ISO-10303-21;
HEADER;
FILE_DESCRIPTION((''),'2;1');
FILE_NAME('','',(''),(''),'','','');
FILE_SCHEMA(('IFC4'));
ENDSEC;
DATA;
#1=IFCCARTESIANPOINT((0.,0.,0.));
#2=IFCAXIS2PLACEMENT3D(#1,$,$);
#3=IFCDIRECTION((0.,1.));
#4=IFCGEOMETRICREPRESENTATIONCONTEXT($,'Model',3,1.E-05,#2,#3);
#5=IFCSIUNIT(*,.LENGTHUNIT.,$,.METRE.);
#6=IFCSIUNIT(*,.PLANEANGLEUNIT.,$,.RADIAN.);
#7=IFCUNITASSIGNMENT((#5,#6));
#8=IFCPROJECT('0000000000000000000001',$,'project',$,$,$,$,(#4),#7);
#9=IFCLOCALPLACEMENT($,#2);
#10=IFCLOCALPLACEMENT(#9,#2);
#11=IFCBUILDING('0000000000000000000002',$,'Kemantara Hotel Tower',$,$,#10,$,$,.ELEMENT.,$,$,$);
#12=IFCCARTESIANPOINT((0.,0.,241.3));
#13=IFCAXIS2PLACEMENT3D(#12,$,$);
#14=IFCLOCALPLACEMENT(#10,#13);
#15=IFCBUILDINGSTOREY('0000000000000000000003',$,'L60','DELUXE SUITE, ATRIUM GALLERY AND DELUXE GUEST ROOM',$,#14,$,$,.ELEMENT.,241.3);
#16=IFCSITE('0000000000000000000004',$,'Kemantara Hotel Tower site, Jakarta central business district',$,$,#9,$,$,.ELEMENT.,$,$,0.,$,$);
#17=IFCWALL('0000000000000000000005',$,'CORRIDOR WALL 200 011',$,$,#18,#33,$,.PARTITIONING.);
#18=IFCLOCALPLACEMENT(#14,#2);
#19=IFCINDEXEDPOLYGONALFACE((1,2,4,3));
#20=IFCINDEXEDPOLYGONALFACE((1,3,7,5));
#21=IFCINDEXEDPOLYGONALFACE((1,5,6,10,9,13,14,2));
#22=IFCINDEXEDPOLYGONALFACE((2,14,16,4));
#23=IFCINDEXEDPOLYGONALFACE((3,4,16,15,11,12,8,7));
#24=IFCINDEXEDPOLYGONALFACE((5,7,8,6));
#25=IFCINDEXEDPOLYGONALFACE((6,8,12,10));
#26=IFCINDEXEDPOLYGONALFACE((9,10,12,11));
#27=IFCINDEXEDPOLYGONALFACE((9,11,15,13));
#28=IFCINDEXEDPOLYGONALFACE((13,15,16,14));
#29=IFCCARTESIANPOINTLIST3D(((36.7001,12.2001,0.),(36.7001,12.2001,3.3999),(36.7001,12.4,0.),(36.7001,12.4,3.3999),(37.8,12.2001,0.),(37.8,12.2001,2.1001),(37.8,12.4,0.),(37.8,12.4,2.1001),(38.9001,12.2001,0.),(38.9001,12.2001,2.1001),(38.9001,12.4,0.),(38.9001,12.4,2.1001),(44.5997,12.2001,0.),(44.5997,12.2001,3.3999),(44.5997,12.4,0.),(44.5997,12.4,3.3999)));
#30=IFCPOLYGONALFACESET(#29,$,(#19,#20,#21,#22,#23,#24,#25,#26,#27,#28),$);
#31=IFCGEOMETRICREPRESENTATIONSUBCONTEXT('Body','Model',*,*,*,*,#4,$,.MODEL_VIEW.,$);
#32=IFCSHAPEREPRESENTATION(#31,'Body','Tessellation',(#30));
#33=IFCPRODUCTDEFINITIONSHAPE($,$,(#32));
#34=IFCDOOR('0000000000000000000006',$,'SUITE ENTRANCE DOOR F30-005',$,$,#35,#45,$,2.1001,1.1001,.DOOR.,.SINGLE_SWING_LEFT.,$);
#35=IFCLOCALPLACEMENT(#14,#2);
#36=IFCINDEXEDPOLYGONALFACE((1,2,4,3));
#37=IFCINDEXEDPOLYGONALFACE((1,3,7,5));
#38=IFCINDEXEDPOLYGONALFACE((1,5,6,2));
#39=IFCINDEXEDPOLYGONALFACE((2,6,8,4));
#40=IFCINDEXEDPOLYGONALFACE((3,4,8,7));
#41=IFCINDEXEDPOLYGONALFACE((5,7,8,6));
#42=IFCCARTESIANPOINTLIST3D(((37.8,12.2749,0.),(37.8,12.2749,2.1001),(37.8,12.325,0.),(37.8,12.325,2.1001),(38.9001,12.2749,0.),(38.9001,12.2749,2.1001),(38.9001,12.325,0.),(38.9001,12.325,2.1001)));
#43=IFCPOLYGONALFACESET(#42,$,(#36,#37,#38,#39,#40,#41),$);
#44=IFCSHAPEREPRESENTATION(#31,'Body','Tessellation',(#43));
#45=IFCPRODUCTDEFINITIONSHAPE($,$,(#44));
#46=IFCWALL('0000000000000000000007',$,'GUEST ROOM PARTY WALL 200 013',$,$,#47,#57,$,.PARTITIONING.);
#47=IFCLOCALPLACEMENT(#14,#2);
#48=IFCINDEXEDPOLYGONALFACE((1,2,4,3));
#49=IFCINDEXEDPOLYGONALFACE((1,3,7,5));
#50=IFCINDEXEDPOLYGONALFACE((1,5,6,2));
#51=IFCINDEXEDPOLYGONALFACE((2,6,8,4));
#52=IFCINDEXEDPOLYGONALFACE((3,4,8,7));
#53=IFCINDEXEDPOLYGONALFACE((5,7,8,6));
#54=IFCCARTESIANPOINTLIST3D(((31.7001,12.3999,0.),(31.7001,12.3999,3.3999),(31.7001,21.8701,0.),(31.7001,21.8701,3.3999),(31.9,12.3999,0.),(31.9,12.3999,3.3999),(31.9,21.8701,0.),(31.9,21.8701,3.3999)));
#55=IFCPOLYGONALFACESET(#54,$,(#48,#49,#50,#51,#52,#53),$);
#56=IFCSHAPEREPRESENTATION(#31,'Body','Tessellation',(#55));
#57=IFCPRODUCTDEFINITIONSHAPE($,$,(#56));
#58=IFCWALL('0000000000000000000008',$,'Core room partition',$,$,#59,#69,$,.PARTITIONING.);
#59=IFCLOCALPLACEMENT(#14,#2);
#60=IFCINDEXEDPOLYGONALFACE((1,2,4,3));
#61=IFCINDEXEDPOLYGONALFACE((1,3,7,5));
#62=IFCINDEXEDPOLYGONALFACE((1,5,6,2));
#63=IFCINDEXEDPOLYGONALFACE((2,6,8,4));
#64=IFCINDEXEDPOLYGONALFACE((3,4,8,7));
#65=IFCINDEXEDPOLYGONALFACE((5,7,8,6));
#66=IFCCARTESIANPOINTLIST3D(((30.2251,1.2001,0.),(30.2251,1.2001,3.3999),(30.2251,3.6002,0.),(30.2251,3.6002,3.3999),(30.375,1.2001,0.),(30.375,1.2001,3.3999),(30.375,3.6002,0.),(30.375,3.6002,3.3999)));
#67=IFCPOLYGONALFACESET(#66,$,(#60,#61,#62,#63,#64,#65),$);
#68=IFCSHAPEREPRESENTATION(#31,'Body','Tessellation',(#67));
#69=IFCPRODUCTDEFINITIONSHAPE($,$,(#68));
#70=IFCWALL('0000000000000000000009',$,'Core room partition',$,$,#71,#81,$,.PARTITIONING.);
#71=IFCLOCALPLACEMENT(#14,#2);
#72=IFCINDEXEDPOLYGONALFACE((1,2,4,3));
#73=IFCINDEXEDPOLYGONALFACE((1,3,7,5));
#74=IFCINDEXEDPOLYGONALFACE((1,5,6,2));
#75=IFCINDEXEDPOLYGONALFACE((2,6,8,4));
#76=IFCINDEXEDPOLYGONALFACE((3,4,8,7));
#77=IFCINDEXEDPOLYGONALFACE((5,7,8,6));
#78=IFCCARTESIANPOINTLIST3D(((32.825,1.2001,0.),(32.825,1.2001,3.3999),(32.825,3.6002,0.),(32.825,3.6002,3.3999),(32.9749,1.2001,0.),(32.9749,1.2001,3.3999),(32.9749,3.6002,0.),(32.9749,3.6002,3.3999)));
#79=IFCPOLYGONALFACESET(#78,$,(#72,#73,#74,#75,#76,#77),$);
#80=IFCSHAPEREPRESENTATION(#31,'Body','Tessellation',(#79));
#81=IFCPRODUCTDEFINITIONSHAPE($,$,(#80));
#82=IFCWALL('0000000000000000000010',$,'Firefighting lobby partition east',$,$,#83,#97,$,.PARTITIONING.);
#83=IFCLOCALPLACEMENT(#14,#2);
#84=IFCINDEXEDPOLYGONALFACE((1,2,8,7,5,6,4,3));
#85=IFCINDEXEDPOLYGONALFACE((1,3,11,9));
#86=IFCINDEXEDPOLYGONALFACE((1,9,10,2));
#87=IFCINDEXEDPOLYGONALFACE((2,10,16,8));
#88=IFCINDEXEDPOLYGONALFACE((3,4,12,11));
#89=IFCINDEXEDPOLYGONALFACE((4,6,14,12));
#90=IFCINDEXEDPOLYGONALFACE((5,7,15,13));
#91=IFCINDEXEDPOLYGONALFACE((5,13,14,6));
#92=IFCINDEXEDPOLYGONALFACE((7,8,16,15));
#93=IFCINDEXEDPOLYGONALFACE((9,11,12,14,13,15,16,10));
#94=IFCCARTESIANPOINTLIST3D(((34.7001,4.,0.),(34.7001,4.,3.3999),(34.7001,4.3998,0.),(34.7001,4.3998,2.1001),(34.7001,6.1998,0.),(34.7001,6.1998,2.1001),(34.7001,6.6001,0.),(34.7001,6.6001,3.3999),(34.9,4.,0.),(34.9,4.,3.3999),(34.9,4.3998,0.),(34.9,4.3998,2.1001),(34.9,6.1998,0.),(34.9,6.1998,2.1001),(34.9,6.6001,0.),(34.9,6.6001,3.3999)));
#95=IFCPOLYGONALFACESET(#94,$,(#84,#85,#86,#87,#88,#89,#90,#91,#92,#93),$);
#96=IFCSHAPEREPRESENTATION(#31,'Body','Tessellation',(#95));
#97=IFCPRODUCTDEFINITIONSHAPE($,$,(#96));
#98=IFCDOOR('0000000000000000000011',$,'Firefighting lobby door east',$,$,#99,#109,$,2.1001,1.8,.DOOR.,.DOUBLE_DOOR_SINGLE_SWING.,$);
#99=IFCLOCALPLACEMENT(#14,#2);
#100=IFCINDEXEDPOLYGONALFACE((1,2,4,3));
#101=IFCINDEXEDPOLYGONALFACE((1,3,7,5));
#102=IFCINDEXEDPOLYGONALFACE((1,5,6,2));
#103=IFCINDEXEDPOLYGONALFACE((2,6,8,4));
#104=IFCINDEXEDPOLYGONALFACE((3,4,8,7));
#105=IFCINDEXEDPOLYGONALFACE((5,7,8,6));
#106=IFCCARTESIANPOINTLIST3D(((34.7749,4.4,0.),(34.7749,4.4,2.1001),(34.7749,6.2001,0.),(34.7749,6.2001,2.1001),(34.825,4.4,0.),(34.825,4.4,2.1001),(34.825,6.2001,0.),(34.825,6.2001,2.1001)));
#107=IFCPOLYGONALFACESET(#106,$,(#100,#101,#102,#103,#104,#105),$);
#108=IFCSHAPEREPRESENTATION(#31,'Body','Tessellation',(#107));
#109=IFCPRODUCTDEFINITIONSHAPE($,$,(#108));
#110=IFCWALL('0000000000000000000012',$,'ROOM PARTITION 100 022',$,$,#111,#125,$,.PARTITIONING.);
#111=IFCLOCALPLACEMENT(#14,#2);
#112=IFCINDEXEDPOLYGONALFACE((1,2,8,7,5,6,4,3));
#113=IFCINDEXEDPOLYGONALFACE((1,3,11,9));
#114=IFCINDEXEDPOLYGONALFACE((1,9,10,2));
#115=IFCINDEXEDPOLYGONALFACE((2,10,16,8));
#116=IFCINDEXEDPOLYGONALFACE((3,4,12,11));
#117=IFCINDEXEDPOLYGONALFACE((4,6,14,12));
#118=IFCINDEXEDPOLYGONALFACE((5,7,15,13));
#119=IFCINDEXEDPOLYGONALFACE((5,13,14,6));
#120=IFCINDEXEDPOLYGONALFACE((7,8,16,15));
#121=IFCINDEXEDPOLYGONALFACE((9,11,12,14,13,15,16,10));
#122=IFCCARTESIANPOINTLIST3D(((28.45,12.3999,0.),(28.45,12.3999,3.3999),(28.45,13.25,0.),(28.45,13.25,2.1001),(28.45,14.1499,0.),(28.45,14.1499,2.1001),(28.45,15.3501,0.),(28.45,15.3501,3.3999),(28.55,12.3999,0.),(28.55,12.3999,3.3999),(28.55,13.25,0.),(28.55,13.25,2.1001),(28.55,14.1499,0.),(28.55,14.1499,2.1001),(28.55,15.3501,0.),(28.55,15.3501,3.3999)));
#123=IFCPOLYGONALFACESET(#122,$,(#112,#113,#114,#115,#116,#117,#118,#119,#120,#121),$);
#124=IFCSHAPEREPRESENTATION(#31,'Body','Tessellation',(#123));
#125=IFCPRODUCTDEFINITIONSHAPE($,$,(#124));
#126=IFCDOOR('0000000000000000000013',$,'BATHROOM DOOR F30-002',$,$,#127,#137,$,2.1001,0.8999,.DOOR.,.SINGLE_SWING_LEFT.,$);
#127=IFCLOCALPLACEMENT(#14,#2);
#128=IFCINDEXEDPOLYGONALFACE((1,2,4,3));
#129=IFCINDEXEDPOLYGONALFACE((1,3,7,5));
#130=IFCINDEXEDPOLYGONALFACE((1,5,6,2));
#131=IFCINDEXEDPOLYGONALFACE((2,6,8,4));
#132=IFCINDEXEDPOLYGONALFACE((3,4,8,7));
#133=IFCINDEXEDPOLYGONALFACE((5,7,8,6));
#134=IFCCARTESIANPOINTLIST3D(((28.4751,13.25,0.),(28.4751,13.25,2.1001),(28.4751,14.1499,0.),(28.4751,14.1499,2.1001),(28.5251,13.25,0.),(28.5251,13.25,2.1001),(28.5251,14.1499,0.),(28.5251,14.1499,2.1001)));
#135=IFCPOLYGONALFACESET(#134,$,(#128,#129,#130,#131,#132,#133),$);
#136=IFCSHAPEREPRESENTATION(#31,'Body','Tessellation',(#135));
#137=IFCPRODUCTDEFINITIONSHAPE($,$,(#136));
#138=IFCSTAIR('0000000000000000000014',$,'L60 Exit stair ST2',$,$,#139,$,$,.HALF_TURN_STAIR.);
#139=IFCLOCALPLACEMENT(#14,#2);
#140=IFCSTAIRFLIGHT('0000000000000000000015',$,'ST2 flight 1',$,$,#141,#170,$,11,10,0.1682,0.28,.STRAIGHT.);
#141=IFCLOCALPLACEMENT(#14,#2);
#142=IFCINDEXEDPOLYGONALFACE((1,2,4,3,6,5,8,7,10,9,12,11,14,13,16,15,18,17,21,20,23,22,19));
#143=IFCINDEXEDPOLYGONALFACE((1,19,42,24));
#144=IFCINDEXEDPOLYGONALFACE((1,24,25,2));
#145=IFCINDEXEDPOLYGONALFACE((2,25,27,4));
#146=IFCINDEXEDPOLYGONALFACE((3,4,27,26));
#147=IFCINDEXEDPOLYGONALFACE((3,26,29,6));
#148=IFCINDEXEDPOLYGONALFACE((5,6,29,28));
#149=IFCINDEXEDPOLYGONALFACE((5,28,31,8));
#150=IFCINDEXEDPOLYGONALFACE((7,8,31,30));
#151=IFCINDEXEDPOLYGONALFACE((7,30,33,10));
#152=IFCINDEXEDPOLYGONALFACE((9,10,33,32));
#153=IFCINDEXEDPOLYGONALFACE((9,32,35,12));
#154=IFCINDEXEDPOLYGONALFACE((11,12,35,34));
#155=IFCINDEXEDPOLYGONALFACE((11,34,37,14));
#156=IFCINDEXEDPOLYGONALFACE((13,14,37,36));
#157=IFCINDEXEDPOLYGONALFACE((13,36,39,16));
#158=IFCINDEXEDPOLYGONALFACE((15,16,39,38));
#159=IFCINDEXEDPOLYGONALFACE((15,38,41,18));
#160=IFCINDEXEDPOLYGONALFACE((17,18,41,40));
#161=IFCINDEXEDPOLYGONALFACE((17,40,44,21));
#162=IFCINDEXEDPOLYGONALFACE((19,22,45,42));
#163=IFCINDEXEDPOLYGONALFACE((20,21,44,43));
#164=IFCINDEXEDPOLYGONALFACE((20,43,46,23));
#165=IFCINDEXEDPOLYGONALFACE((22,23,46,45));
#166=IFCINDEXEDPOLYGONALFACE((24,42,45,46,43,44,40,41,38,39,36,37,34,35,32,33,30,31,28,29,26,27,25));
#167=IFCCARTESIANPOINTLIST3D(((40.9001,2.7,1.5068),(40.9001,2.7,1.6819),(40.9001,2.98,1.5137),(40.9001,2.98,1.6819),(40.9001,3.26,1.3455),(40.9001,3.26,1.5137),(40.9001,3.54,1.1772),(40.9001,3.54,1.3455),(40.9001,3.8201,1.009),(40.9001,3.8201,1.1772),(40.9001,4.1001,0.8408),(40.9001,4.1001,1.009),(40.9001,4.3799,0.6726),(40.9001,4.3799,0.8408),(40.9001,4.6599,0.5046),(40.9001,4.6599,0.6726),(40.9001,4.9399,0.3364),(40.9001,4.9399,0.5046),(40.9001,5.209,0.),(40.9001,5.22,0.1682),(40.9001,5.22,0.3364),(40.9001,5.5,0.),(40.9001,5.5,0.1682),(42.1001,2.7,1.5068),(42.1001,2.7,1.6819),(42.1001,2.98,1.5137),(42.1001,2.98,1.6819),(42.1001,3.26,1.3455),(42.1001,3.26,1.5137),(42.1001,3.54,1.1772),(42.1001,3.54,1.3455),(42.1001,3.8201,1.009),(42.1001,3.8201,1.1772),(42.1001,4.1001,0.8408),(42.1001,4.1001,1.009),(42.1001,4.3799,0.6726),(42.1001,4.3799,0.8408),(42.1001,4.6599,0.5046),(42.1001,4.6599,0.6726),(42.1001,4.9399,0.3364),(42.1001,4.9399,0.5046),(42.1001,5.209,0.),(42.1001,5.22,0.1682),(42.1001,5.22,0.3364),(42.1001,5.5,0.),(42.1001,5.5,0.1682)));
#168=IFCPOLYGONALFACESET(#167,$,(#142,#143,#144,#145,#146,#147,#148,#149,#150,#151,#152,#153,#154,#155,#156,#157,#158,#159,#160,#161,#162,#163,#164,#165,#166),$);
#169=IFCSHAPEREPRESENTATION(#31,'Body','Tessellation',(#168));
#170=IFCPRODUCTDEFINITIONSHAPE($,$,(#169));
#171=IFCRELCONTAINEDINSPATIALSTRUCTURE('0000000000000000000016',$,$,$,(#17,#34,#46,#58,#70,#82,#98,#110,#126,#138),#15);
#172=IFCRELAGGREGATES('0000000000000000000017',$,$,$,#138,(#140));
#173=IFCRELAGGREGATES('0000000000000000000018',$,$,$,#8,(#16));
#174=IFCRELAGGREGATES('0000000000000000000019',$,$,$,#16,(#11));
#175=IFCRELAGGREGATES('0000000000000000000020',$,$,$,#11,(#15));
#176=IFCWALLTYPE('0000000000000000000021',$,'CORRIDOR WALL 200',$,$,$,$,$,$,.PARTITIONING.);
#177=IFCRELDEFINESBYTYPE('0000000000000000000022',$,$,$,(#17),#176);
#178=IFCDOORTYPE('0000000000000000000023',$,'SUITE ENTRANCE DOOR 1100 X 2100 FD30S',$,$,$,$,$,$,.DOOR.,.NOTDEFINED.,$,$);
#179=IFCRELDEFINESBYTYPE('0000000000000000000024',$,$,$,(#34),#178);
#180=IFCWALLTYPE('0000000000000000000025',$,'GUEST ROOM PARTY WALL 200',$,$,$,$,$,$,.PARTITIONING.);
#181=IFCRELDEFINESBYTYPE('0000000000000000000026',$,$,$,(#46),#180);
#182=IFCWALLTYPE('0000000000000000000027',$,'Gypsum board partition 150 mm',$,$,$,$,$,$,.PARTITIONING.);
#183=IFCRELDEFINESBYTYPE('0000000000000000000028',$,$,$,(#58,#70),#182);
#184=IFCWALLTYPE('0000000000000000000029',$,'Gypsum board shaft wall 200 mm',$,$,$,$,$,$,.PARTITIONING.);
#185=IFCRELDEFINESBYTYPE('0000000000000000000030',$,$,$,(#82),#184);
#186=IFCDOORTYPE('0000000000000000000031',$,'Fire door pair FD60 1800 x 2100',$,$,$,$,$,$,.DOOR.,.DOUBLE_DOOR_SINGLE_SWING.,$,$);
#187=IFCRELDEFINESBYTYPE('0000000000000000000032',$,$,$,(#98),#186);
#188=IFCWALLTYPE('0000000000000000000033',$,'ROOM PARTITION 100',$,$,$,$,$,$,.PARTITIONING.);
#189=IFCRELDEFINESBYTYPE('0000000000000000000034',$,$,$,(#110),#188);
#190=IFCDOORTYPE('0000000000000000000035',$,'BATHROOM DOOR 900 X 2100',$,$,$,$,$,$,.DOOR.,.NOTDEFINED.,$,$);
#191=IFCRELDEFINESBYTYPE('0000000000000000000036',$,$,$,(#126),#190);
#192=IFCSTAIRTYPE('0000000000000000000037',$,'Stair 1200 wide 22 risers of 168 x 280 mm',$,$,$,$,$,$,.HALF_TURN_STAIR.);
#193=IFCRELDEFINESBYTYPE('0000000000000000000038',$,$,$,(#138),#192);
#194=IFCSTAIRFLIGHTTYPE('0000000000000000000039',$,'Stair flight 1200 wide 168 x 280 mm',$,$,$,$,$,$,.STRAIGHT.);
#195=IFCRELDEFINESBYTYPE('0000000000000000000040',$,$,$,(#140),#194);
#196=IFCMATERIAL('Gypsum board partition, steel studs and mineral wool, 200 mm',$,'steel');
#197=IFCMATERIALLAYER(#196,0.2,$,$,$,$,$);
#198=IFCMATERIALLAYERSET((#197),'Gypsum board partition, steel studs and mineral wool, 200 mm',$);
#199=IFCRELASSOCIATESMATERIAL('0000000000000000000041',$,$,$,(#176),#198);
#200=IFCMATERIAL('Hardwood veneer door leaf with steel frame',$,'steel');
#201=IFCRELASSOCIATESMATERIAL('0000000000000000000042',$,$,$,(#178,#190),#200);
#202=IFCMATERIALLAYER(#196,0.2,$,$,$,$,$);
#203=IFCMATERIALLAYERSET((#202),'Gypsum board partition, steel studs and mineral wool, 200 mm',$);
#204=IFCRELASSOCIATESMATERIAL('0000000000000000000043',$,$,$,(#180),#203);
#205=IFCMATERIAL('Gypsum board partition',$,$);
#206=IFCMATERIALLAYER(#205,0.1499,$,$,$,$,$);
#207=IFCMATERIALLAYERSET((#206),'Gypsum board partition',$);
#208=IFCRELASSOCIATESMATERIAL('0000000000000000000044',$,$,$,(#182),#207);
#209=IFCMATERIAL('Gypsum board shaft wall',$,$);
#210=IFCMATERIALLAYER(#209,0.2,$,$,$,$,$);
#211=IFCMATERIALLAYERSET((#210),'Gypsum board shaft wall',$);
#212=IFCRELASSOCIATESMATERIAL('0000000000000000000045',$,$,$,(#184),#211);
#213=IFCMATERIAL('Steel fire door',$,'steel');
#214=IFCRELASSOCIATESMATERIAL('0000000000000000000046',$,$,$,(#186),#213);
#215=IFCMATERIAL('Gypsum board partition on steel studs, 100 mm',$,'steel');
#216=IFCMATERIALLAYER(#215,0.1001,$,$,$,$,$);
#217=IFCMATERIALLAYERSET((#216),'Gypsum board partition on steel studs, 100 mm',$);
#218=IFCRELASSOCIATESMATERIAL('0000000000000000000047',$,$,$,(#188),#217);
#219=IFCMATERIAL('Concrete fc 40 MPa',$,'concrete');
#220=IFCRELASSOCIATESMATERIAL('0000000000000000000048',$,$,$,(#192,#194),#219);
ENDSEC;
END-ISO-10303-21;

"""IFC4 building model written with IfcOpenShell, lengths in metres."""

from ifc_helpers import new_model, si_unit, direction, frame, frame_2d, origin, place, context, subcontext, project, spatial, polyline, rectangle, outline, extrude, material, layer, layer_set, type_object, element, fill, aggregate, save


model = new_model("IFC4")

# Units and contexts
model_context = context("Model", 3, precision=1e-05, world=origin(), true_north=direction((0.0, 1.0)))
body_context = subcontext(model_context, "Body", "Model", "MODEL_VIEW")
ifc_project = project(units=[si_unit("LENGTHUNIT", "METRE"), si_unit("PLANEANGLEUNIT", "RADIAN")], contexts=[model_context])

# Site, building, storey
site_placement = place(None, origin())
site = spatial("IfcSite", under=ifc_project, at=site_placement, Name="Kemantara Hotel Tower site, Jakarta central business district", CompositionType="ELEMENT", RefElevation=0.0)
building_placement = place(site_placement, origin())
building = spatial("IfcBuilding", under=site, at=building_placement, Name="Kemantara Hotel Tower", CompositionType="ELEMENT")
storey_placement = place(building_placement, frame((0.0, 0.0, 241.3)))
storey = spatial("IfcBuildingStorey", under=building, at=storey_placement, Name="L60", Description="DELUXE SUITE, ATRIUM GALLERY AND DELUXE GUEST ROOM", CompositionType="ELEMENT", Elevation=241.3)

# Shared definitions
ifc_material_1 = material(Name="Steel fire door", Category="steel")

# Shared definitions
ifc_material_2 = material(Name="Gypsum board partition, steel studs and mineral wool, 200 mm", Category="steel")
ifc_layer_1 = layer(ifc_material_2, 0.2)
ifc_layer_set_1 = layer_set([ifc_layer_1], Name="Gypsum board partition, steel studs and mineral wool, 200 mm")
wall_type_1 = type_object("IfcWallType", Name="CORRIDOR WALL 200", PredefinedType="PARTITIONING", material=ifc_layer_set_1)
ifc_material_3 = material(Name="Hardwood veneer door leaf with steel frame", Category="steel")

# Wall, opening, door
wall_1_placement = place(storey_placement, frame((36.7002, 12.3, 0.0), z_axis=(0.0, 0.0, 1.0), x_axis=(1.0, 0.0, 0.0)))
wall_1 = element("IfcWall", 1, at=wall_1_placement, inside=storey, type_object=wall_type_1, Name="CORRIDOR WALL 200 011", PredefinedType="PARTITIONING", context=body_context, shape_type="SweptSolid", body=[
    extrude(rectangle(XDim=7.8997, YDim=0.2, at=frame_2d((3.9497, 0.0))), origin(), (0.0, 0.0, 1.0), 3.3999),
])
opening_1_placement = place(wall_1_placement, frame((1.0999, 0.0, 0.0)))
opening_1 = element("IfcOpeningElement", 2, at=opening_1_placement, cuts=wall_1, PredefinedType="OPENING", context=body_context, shape_type="SweptSolid", body=[
    extrude(rectangle(XDim=1.1001, YDim=2.1001, at=frame_2d((0.55, 1.05))), frame((0.0, 0.1099, 0.0), z_axis=(0.0, -1.0, 0.0), x_axis=(1.0, 0.0, 0.0)), (0.0, 0.0, 1.0), 0.22),
])
door_type_1 = type_object("IfcDoorType", Name="SUITE ENTRANCE DOOR 1100 X 2100 FD30S", OperationType="NOTDEFINED", PredefinedType="DOOR", material=ifc_material_3)
door_1_placement = place(opening_1_placement, origin())
door_1 = element("IfcDoor", 3, at=door_1_placement, inside=storey, type_object=door_type_1, Name="SUITE ENTRANCE DOOR F30-005", OperationType="SINGLE_SWING_LEFT", OverallHeight=2.1001, OverallWidth=1.1001, PredefinedType="DOOR", context=body_context, shape_type="SweptSolid", body=[
    extrude(rectangle(XDim=1.1001, YDim=2.1001, at=frame_2d((0.55, 1.05))), frame((0.0, 0.0249, 0.0), z_axis=(0.0, -1.0, 0.0), x_axis=(1.0, 0.0, 0.0)), (0.0, 0.0, 1.0), 0.05),
])
fill(opening_1, door_1)

# Walls
ifc_layer_2 = layer(ifc_material_2, 0.2)
ifc_layer_set_2 = layer_set([ifc_layer_2], Name="Gypsum board partition, steel studs and mineral wool, 200 mm")
wall_type_2 = type_object("IfcWallType", Name="GUEST ROOM PARTY WALL 200", PredefinedType="PARTITIONING", material=ifc_layer_set_2)
wall_2_placement = place(storey_placement, frame((31.8, 12.3999, 0.0), z_axis=(0.0, 0.0, 1.0), x_axis=(0.0, 1.0, 0.0)))
element("IfcWall", 4, at=wall_2_placement, inside=storey, type_object=wall_type_2, Name="GUEST ROOM PARTY WALL 200 013", PredefinedType="PARTITIONING", context=body_context, shape_type="SweptSolid", body=[
    extrude(rectangle(XDim=9.4702, YDim=0.2, at=frame_2d((4.7351, 0.0))), origin(), (0.0, 0.0, 1.0), 3.3999),
])
ifc_material_4 = material(Name="Gypsum board partition")
ifc_layer_3 = layer(ifc_material_4, 0.1499)
ifc_layer_set_3 = layer_set([ifc_layer_3], Name="Gypsum board partition")
wall_type_3 = type_object("IfcWallType", Name="Gypsum board partition 150 mm", PredefinedType="PARTITIONING", material=ifc_layer_set_3)
for number, where, z_axis, x_axis, name in (
    (5, (30.3, 1.2, 0.0), (0.0, 0.0, 1.0), (0.0, 1.0, 0.0), "Core room partition"),
    (6, (32.8999, 1.2, 0.0), (0.0, 0.0, 1.0), (0.0, 1.0, 0.0), "Core room partition"),
):
    element("IfcWall", number, at=place(storey_placement, frame(where, z_axis=z_axis, x_axis=x_axis)), inside=storey, type_object=wall_type_3, Name=name, PredefinedType="PARTITIONING", context=body_context, shape_type="SweptSolid", body=[
        extrude(rectangle(XDim=2.4001, YDim=0.1499, at=frame_2d((1.2002, 0.0))), origin(), (0.0, 0.0, 1.0), 3.3999),
    ])

# Walls, openings, doors
ifc_material_5 = material(Name="Gypsum board shaft wall")
ifc_layer_4 = layer(ifc_material_5, 0.2)
ifc_layer_set_4 = layer_set([ifc_layer_4], Name="Gypsum board shaft wall")
wall_type_4 = type_object("IfcWallType", Name="Gypsum board shaft wall 200 mm", PredefinedType="PARTITIONING", material=ifc_layer_set_4)
wall_3_placement = place(storey_placement, frame((34.8, 4.0, 0.0), z_axis=(0.0, 0.0, 1.0), x_axis=(0.0, 1.0, 0.0)))
wall_3 = element("IfcWall", 7, at=wall_3_placement, inside=storey, type_object=wall_type_4, Name="Firefighting lobby partition east", PredefinedType="PARTITIONING", context=body_context, shape_type="SweptSolid", body=[
    extrude(rectangle(XDim=2.6001, YDim=0.2, at=frame_2d((1.3, 0.0))), origin(), (0.0, 0.0, 1.0), 3.3999),
])
opening_2_placement = place(wall_3_placement, frame((0.3999, 0.0, 0.0)))
opening_2 = element("IfcOpeningElement", 8, at=opening_2_placement, cuts=wall_3, PredefinedType="OPENING", context=body_context, shape_type="SweptSolid", body=[
    extrude(rectangle(XDim=1.8, YDim=2.1001, at=frame_2d((0.8999, 1.05))), frame((0.0, 0.1099, 0.0), z_axis=(0.0, -1.0, 0.0), x_axis=(1.0, 0.0, 0.0)), (0.0, 0.0, 1.0), 0.22),
])
door_type_2 = type_object("IfcDoorType", Name="Fire door pair FD60 1800 x 2100", OperationType="DOUBLE_DOOR_SINGLE_SWING", PredefinedType="DOOR", material=ifc_material_1)
door_2_placement = place(opening_2_placement, frame((1.8, 0.0, 0.0), z_axis=(0.0, 0.0, 1.0), x_axis=(-1.0, 0.0, 0.0)))
door_2 = element("IfcDoor", 9, at=door_2_placement, inside=storey, type_object=door_type_2, Name="Firefighting lobby door east", OperationType="DOUBLE_DOOR_SINGLE_SWING", OverallHeight=2.1001, OverallWidth=1.8, PredefinedType="DOOR", context=body_context, shape_type="SweptSolid", body=[
    extrude(rectangle(XDim=1.8, YDim=2.1001, at=frame_2d((0.8999, 1.05))), frame((0.0, 0.0249, 0.0), z_axis=(0.0, -1.0, 0.0), x_axis=(1.0, 0.0, 0.0)), (0.0, 0.0, 1.0), 0.05),
])
fill(opening_2, door_2)
ifc_material_6 = material(Name="Gypsum board partition on steel studs, 100 mm", Category="steel")
ifc_layer_5 = layer(ifc_material_6, 0.1001)
ifc_layer_set_5 = layer_set([ifc_layer_5], Name="Gypsum board partition on steel studs, 100 mm")
wall_type_5 = type_object("IfcWallType", Name="ROOM PARTITION 100", PredefinedType="PARTITIONING", material=ifc_layer_set_5)
wall_4_placement = place(storey_placement, frame((28.5, 12.3999, 0.0), z_axis=(0.0, 0.0, 1.0), x_axis=(0.0, 1.0, 0.0)))
wall_4 = element("IfcWall", 10, at=wall_4_placement, inside=storey, type_object=wall_type_5, Name="ROOM PARTITION 100 022", PredefinedType="PARTITIONING", context=body_context, shape_type="SweptSolid", body=[
    extrude(rectangle(XDim=2.9502, YDim=0.1001, at=frame_2d((1.4751, 0.0))), origin(), (0.0, 0.0, 1.0), 3.3999),
])
opening_3_placement = place(wall_4_placement, frame((0.8501, 0.0, 0.0)))
opening_3 = element("IfcOpeningElement", 11, at=opening_3_placement, cuts=wall_4, PredefinedType="OPENING", context=body_context, shape_type="SweptSolid", body=[
    extrude(rectangle(XDim=0.8999, YDim=2.1001, at=frame_2d((0.45, 1.05))), frame((0.0, 0.0601, 0.0), z_axis=(0.0, -1.0, 0.0), x_axis=(1.0, 0.0, 0.0)), (0.0, 0.0, 1.0), 0.1201),
])
door_type_3 = type_object("IfcDoorType", Name="BATHROOM DOOR 900 X 2100", OperationType="NOTDEFINED", PredefinedType="DOOR", material=ifc_material_3)
door_3_placement = place(opening_3_placement, origin())
door_3 = element("IfcDoor", 12, at=door_3_placement, inside=storey, type_object=door_type_3, Name="BATHROOM DOOR F30-002", OperationType="SINGLE_SWING_LEFT", OverallHeight=2.1001, OverallWidth=0.8999, PredefinedType="DOOR", context=body_context, shape_type="SweptSolid", body=[
    extrude(rectangle(XDim=0.8999, YDim=2.1001, at=frame_2d((0.45, 1.05))), frame((0.0, 0.0249, 0.0), z_axis=(0.0, -1.0, 0.0), x_axis=(1.0, 0.0, 0.0)), (0.0, 0.0, 1.0), 0.05),
])
fill(opening_3, door_3)

# Stair, stair flight
ifc_material_7 = material(Name="Concrete fc 40 MPa", Category="concrete")
stair_type = type_object("IfcStairType", Name="Stair 1200 wide 22 risers of 168 x 280 mm", PredefinedType="HALF_TURN_STAIR", material=ifc_material_7)
stair_placement = place(storey_placement, origin())
stair = element("IfcStair", 13, at=stair_placement, inside=storey, type_object=stair_type, Name="L60 Exit stair ST2", PredefinedType="HALF_TURN_STAIR")
stair_flight_type = type_object("IfcStairFlightType", Name="Stair flight 1200 wide 168 x 280 mm", PredefinedType="STRAIGHT", material=ifc_material_7)
stair_flight_placement = place(storey_placement, frame((41.5, 5.5, 0.0), z_axis=(0.0, 0.0, 1.0), x_axis=(0.0, -1.0, 0.0)))
stair_flight = element("IfcStairFlight", 14, at=stair_flight_placement, type_object=stair_flight_type, Name="ST2 flight 1", NumberOfRisers=11, NumberOfTreads=10, PredefinedType="STRAIGHT", RiserHeight=0.1682, TreadLength=0.28, context=body_context, shape_type="SweptSolid", body=[
    extrude(outline(polyline([(0.0, 0.0), (0.0, 0.1682), (0.28, 0.1682), (0.28, 0.3364), (0.5601, 0.3364), (0.5601, 0.5046), (0.8401, 0.5046), (0.8401, 0.6726), (1.1201, 0.6726), (1.1201, 0.8408), (1.3999, 0.8408), (1.3999, 1.009), (1.6799, 1.009), (1.6799, 1.1772), (1.96, 1.1772), (1.96, 1.3455), (2.24, 1.3455), (2.24, 1.5137), (2.52, 1.5137), (2.52, 1.6819), (2.8, 1.6819), (2.8, 1.8501), (2.8, 1.5068), (0.291, 0.0), (0.0, 0.0)])), frame((0.0, 0.6001, 0.0), z_axis=(0.0, -1.0, 0.0), x_axis=(1.0, 0.0, 0.0)), (0.0, 0.0, 1.0), 1.2),
])
aggregate(stair, [stair_flight])

save(model, "model.ifc")
